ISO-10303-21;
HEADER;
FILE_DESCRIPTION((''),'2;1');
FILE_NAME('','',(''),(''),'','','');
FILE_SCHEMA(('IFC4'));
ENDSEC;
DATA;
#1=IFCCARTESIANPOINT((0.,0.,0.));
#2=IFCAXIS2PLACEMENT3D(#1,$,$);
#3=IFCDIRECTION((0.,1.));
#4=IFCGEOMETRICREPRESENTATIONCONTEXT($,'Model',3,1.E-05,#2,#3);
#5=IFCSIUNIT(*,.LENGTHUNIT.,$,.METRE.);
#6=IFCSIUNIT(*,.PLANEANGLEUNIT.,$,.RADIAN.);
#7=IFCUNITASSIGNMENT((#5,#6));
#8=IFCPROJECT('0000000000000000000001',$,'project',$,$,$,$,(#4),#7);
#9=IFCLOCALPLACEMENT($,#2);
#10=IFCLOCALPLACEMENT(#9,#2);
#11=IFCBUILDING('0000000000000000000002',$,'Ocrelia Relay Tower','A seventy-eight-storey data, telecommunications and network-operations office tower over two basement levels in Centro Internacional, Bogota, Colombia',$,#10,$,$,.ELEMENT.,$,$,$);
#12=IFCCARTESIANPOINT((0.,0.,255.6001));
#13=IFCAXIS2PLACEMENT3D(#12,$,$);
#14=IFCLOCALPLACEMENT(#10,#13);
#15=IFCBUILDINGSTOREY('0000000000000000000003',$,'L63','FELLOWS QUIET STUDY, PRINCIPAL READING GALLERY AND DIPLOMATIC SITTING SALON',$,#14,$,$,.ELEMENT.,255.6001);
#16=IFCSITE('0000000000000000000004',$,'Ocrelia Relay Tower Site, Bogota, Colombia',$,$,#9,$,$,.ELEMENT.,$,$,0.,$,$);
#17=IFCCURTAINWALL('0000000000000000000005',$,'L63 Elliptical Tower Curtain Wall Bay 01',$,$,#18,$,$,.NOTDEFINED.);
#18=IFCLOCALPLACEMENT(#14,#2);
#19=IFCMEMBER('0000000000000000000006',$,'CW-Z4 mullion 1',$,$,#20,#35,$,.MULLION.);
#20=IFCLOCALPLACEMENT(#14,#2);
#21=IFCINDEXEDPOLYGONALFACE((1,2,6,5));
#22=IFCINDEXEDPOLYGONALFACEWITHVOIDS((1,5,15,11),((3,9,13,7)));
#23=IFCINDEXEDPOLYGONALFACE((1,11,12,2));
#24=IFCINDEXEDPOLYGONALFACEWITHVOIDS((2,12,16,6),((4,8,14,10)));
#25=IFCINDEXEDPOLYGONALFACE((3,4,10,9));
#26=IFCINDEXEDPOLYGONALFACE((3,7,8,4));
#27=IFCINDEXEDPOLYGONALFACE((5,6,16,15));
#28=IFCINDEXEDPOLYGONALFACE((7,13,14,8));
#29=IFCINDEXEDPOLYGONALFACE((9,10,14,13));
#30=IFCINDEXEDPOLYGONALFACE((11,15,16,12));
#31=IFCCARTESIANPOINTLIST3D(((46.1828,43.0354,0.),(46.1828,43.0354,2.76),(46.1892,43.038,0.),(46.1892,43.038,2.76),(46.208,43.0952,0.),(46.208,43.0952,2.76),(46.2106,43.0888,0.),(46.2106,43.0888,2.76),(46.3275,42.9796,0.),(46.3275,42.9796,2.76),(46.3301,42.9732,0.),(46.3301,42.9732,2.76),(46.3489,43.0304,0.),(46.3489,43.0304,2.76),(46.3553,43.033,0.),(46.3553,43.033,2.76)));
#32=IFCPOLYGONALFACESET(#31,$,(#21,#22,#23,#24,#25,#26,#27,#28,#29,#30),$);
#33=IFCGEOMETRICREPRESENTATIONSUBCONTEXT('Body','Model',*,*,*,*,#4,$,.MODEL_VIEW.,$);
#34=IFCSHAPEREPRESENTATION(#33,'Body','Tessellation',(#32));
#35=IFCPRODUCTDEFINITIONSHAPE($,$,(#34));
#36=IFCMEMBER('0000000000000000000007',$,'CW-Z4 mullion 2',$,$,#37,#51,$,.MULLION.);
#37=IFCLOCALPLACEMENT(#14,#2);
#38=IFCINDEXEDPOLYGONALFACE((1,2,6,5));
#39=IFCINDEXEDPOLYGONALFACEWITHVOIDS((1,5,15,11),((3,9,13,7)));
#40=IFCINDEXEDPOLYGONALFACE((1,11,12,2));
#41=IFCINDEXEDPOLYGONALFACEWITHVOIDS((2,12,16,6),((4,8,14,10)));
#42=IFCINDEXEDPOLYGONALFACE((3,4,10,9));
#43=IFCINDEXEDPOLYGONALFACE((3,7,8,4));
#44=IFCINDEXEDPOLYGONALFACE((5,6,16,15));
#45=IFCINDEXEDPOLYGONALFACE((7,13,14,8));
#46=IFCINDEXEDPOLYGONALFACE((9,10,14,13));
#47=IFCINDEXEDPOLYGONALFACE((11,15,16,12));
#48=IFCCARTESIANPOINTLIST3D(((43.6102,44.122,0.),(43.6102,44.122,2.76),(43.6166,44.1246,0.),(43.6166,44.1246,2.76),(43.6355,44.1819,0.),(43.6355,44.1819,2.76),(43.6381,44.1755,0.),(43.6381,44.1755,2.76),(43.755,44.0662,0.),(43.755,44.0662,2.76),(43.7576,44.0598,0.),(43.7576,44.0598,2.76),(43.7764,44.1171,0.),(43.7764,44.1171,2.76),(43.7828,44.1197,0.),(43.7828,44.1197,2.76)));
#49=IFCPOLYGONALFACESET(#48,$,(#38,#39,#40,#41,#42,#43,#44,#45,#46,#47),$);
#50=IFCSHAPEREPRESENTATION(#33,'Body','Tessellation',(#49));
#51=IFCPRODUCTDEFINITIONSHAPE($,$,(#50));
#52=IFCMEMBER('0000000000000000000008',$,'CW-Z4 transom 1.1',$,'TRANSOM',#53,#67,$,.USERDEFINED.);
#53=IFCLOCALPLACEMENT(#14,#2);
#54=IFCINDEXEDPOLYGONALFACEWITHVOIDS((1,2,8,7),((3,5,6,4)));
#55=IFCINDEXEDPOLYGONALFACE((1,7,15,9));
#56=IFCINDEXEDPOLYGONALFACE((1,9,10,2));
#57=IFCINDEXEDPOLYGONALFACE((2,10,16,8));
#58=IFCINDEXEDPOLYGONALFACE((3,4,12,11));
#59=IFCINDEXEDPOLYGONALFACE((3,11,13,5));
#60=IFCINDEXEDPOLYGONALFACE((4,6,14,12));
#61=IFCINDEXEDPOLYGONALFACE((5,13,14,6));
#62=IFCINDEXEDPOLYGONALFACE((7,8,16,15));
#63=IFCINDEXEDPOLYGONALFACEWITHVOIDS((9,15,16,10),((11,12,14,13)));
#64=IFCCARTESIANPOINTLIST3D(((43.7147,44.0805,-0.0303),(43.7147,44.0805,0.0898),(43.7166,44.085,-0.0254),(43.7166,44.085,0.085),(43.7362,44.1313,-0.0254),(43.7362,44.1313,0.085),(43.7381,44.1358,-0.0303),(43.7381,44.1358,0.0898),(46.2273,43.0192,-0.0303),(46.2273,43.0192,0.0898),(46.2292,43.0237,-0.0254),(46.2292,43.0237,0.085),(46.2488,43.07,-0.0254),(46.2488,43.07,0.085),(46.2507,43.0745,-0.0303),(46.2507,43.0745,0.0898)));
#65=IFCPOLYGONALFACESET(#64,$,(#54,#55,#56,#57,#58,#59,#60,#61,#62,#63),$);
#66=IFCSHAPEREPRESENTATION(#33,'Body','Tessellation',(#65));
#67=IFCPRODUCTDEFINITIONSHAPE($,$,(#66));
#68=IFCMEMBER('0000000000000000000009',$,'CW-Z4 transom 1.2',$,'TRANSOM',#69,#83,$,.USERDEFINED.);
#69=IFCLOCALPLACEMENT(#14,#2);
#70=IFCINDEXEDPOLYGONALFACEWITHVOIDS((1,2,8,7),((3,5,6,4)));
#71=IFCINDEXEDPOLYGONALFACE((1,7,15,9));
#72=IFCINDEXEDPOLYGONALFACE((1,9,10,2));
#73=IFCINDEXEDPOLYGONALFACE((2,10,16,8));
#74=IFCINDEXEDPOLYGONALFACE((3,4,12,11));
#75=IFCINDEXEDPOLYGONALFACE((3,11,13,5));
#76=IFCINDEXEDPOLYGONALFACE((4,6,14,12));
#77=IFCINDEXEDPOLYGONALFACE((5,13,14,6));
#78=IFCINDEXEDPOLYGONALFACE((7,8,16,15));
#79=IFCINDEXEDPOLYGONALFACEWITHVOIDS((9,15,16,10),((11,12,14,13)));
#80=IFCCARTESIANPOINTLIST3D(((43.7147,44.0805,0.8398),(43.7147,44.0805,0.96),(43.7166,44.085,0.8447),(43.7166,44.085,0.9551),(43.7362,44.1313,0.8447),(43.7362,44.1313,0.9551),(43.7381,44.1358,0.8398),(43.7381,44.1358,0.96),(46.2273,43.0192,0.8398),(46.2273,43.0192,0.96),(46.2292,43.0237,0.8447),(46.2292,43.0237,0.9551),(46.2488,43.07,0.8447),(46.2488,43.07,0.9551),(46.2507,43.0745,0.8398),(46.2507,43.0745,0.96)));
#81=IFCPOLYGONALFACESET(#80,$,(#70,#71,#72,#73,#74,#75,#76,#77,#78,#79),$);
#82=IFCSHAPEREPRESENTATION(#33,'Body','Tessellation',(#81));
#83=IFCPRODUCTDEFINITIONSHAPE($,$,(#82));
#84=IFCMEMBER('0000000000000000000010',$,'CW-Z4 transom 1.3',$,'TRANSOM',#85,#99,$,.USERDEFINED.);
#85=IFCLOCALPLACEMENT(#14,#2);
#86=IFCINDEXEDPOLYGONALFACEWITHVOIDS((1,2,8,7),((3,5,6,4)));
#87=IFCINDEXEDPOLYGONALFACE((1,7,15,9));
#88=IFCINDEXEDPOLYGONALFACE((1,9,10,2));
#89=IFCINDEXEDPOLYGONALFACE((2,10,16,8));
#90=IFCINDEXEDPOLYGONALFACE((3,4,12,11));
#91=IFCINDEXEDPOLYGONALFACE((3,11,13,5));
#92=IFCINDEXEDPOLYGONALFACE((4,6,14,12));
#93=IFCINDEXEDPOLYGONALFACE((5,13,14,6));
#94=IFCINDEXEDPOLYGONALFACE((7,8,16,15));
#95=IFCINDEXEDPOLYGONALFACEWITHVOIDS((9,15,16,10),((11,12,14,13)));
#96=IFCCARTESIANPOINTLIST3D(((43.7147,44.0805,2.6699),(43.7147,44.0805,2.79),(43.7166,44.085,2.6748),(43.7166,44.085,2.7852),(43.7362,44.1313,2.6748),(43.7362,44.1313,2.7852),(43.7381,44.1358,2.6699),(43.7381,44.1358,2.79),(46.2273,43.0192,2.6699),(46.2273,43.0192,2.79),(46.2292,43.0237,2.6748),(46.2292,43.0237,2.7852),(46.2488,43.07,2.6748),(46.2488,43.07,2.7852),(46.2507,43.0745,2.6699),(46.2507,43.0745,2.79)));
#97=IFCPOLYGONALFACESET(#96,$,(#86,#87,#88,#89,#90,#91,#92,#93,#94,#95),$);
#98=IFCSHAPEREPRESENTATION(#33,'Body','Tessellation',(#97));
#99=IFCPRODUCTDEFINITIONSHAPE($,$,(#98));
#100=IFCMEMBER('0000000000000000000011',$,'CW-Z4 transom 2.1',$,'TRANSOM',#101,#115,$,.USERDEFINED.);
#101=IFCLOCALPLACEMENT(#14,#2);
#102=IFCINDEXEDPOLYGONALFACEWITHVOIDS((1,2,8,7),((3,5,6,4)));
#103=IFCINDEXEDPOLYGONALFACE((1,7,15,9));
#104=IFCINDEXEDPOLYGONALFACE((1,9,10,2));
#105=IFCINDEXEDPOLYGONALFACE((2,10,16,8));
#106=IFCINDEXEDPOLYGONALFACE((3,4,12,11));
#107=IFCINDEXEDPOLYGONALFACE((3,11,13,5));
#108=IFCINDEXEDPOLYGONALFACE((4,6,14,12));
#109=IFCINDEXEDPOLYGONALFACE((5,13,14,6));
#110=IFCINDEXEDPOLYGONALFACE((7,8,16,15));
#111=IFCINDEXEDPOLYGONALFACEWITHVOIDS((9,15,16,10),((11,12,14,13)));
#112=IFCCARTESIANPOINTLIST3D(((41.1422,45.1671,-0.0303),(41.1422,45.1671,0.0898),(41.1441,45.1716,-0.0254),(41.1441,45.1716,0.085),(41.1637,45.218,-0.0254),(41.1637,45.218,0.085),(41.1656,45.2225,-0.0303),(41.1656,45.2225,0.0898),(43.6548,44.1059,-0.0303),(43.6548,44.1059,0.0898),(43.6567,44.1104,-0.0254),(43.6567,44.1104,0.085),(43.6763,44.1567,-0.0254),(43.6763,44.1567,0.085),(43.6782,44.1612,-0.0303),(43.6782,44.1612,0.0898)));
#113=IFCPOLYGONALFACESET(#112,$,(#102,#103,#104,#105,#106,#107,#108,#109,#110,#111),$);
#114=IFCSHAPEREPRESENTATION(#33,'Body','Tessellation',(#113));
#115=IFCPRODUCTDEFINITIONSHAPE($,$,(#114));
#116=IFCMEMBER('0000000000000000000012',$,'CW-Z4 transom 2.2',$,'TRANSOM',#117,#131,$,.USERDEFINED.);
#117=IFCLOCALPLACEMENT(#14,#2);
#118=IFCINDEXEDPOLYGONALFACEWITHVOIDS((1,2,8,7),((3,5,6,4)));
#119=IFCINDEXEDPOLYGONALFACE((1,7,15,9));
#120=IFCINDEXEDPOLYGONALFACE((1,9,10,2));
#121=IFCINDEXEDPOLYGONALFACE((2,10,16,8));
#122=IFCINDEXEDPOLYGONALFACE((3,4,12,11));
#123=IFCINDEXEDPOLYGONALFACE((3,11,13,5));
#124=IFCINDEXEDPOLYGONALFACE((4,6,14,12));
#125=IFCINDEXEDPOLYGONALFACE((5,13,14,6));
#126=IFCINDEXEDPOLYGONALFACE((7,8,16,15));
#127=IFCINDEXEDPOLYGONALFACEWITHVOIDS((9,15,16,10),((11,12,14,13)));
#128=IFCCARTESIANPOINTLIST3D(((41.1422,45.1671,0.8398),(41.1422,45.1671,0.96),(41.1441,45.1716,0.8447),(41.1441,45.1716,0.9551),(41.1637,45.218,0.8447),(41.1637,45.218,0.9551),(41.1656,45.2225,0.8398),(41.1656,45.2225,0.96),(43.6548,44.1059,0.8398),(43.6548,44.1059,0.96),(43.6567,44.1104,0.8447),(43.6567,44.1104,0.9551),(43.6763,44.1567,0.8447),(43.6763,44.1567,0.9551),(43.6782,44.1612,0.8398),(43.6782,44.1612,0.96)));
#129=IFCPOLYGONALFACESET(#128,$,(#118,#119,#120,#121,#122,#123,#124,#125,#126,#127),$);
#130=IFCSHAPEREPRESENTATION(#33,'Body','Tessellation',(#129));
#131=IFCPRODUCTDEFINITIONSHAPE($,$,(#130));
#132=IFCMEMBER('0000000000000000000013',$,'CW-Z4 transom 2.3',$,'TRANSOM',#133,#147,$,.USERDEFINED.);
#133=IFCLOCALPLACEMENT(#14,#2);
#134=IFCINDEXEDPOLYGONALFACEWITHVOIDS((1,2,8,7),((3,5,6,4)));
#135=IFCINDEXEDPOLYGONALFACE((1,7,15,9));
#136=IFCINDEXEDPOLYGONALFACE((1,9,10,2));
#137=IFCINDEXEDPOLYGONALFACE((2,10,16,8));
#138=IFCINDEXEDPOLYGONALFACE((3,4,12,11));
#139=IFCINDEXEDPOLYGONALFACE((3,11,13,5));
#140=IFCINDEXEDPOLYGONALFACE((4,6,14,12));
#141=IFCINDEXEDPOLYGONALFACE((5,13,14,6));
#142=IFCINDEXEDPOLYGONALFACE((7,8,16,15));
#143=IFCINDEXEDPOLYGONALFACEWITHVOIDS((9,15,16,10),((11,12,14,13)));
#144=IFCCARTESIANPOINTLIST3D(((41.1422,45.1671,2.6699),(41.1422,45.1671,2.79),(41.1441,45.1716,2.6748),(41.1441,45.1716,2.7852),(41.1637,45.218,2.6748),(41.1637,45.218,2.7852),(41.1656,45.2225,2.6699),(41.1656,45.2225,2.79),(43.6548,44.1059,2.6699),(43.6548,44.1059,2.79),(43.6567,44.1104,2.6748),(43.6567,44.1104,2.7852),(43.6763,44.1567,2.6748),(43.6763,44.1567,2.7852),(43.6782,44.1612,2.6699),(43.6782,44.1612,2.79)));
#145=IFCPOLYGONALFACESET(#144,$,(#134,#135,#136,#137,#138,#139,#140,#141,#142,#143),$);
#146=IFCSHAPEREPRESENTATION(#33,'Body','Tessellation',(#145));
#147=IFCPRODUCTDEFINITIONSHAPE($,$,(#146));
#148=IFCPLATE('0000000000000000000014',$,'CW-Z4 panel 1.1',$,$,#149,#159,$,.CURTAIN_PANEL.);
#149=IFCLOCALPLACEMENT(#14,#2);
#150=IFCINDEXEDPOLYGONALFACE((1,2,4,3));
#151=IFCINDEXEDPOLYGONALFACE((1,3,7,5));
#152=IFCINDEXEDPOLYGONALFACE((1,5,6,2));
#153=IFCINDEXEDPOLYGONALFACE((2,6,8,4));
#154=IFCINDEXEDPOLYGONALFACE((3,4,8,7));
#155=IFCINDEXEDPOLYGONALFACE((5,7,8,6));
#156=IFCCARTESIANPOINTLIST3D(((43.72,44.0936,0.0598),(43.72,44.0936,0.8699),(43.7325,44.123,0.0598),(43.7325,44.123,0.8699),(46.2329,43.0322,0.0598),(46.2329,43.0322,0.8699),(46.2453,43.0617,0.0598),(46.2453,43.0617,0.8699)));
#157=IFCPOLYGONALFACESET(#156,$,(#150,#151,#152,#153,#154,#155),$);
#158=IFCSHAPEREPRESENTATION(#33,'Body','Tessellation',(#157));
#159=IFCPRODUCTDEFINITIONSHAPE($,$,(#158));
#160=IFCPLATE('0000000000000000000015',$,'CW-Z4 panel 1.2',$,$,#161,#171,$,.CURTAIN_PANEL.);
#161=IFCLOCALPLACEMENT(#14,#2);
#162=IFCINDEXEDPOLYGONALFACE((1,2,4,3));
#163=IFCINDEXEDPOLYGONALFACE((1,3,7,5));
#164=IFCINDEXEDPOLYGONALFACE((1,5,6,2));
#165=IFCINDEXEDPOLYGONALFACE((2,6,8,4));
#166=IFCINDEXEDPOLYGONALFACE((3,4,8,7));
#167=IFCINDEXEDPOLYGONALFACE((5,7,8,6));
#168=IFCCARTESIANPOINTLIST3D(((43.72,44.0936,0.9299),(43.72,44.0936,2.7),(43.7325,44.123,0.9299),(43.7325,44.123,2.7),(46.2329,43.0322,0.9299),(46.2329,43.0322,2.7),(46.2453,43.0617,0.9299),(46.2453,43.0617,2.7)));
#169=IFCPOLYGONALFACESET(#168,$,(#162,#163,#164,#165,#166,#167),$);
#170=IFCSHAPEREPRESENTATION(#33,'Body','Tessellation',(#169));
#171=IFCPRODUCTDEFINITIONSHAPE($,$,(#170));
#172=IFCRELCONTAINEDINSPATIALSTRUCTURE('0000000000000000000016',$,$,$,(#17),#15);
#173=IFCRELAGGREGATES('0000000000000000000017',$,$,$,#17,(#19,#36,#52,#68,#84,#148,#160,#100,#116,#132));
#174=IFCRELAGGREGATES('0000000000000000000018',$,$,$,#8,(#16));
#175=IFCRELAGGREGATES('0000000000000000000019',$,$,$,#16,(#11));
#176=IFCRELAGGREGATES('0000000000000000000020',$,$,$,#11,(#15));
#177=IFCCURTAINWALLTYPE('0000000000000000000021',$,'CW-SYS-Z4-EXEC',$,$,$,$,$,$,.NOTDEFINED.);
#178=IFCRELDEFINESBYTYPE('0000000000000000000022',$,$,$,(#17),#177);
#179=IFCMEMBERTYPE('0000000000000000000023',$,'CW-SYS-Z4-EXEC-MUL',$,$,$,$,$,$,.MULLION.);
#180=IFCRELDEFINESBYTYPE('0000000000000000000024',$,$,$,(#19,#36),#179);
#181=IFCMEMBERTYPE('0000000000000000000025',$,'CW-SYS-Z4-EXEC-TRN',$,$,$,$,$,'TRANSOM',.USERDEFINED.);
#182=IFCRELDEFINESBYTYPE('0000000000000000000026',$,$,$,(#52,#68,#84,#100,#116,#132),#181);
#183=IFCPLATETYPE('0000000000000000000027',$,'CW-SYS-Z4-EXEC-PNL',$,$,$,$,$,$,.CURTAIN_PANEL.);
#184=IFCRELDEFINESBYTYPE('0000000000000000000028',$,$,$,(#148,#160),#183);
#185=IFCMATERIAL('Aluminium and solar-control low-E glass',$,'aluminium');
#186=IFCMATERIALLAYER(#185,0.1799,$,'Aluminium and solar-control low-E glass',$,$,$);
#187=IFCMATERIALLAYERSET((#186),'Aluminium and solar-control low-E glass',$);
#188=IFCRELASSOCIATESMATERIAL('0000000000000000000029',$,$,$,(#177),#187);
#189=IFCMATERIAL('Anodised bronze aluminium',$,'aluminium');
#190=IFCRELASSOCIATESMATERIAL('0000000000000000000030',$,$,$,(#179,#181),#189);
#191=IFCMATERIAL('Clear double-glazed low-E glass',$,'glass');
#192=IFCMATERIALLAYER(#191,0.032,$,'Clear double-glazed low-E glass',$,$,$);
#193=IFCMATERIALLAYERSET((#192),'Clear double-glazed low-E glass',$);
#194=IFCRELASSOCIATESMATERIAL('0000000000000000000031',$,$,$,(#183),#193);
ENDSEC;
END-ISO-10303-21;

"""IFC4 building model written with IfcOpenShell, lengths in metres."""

from ifc_helpers import new_model, si_unit, direction, frame, origin, origin_2d, place, context, subcontext, project, spatial, rectangle, hollow_rectangle, extrude, material, layer, layer_set, material_profile, profile_set, type_object, element, aggregate, save


model = new_model("IFC4")

# Units and contexts
model_context = context("Model", 3, precision=1e-05, world=origin(), true_north=direction((0.0, 1.0)))
body_context = subcontext(model_context, "Body", "Model", "MODEL_VIEW")
ifc_project = project(units=[si_unit("LENGTHUNIT", "METRE"), si_unit("PLANEANGLEUNIT", "RADIAN")], contexts=[model_context])

# Site, building, storey
site_placement = place(None, origin())
site = spatial("IfcSite", under=ifc_project, at=site_placement, Name="Ocrelia Relay Tower Site, Bogota, Colombia", CompositionType="ELEMENT", RefElevation=0.0)
building_placement = place(site_placement, origin())
building = spatial("IfcBuilding", under=site, at=building_placement, Name="Ocrelia Relay Tower", Description="A seventy-eight-storey data, telecommunications and network-operations office tower over two basement levels in Centro Internacional, Bogota, Colombia", CompositionType="ELEMENT")
storey_placement = place(building_placement, frame((0.0, 0.0, 255.6001)))
storey = spatial("IfcBuildingStorey", under=building, at=storey_placement, Name="L63", Description="FELLOWS QUIET STUDY, PRINCIPAL READING GALLERY AND DIPLOMATIC SITTING SALON", CompositionType="ELEMENT", Elevation=255.6001)

# Curtain wall, members, plates
ifc_material_1 = material(Name="Aluminium and solar-control low-E glass", Category="aluminium")
ifc_layer_1 = layer(ifc_material_1, 0.1799, Name="Aluminium and solar-control low-E glass")
ifc_layer_set_1 = layer_set([ifc_layer_1], Name="Aluminium and solar-control low-E glass")
curtain_wall_type = type_object("IfcCurtainWallType", Name="CW-SYS-Z4-EXEC", PredefinedType="NOTDEFINED", material=ifc_layer_set_1)
curtain_wall_placement = place(storey_placement, origin())
curtain_wall = element("IfcCurtainWall", 1, at=curtain_wall_placement, inside=storey, type_object=curtain_wall_type, Name="L63 Elliptical Tower Curtain Wall Bay 01", PredefinedType="NOTDEFINED")
ifc_material_2 = material(Name="Anodised bronze aluminium", Category="aluminium")
ifc_material_profile_1 = material_profile(ifc_material_2, hollow_rectangle(XDim=0.0649, YDim=0.1599, WallThickness=0.0049, at=origin_2d()), Name="CW-MUL-160x65")
ifc_profile_set_1 = profile_set([ifc_material_profile_1], Name="Anodised bronze aluminium")
member_type_1 = type_object("IfcMemberType", Name="CW-SYS-Z4-EXEC-MUL", PredefinedType="MULLION", material=ifc_profile_set_1)
member_1_placement = place(storey_placement, frame((46.269, 43.0342, 0.0), z_axis=(0.0, 0.0, 1.0), x_axis=(-0.389091, -0.921199, 0.0)))
member_1 = element("IfcMember", 2, at=member_1_placement, type_object=member_type_1, Name="CW-Z4 mullion 1", PredefinedType="MULLION", context=body_context, shape_type="SweptSolid", body=[
    extrude(hollow_rectangle(XDim=0.0649, YDim=0.1599, WallThickness=0.0049, at=origin_2d()), origin(), (0.0, 0.0, 1.0), 2.76),
])
member_2_placement = place(storey_placement, frame((43.6965, 44.1208, 0.0), z_axis=(0.0, 0.0, 1.0), x_axis=(-0.389091, -0.921199, 0.0)))
member_2 = element("IfcMember", 3, at=member_2_placement, type_object=member_type_1, Name="CW-Z4 mullion 2", PredefinedType="MULLION", context=body_context, shape_type="SweptSolid", body=[
    extrude(hollow_rectangle(XDim=0.0649, YDim=0.1599, WallThickness=0.0049, at=origin_2d()), origin(), (0.0, 0.0, 1.0), 2.76),
])
ifc_material_profile_2 = material_profile(ifc_material_2, hollow_rectangle(XDim=0.0601, YDim=0.1201, WallThickness=0.0049, at=origin_2d()), Name="CW-TRN-120x60")
ifc_profile_set_2 = profile_set([ifc_material_profile_2], Name="Anodised bronze aluminium")
member_type_2 = type_object("IfcMemberType", Name="CW-SYS-Z4-EXEC-TRN", ElementType="TRANSOM", PredefinedType="USERDEFINED", material=ifc_profile_set_2)
member_3_placement = place(storey_placement, frame((46.239, 43.0469, 0.0298), z_axis=(-0.921202, 0.389085, 0.0), x_axis=(-0.389085, -0.921202, 0.0)))
member_3 = element("IfcMember", 4, at=member_3_placement, type_object=member_type_2, Name="CW-Z4 transom 1.1", ObjectType="TRANSOM", PredefinedType="USERDEFINED", context=body_context, shape_type="SweptSolid", body=[
    extrude(hollow_rectangle(XDim=0.0601, YDim=0.1201, WallThickness=0.0049, at=origin_2d()), origin(), (0.0, 0.0, 1.0), 2.7275),
])
member_4_placement = place(storey_placement, frame((46.239, 43.0469, 0.8999), z_axis=(-0.921202, 0.389085, 0.0), x_axis=(-0.389085, -0.921202, 0.0)))
member_4 = element("IfcMember", 5, at=member_4_placement, type_object=member_type_2, Name="CW-Z4 transom 1.2", ObjectType="TRANSOM", PredefinedType="USERDEFINED", context=body_context, shape_type="SweptSolid", body=[
    extrude(hollow_rectangle(XDim=0.0601, YDim=0.1201, WallThickness=0.0049, at=origin_2d()), origin(), (0.0, 0.0, 1.0), 2.7275),
])
member_5_placement = place(storey_placement, frame((46.239, 43.0469, 2.73), z_axis=(-0.921202, 0.389085, 0.0), x_axis=(-0.389085, -0.921202, 0.0)))
member_5 = element("IfcMember", 6, at=member_5_placement, type_object=member_type_2, Name="CW-Z4 transom 1.3", ObjectType="TRANSOM", PredefinedType="USERDEFINED", context=body_context, shape_type="SweptSolid", body=[
    extrude(hollow_rectangle(XDim=0.0601, YDim=0.1201, WallThickness=0.0049, at=origin_2d()), origin(), (0.0, 0.0, 1.0), 2.7275),
])
member_6_placement = place(storey_placement, frame((43.6665, 44.1335, 0.0298), z_axis=(-0.921202, 0.389085, 0.0), x_axis=(-0.389085, -0.921202, 0.0)))
member_6 = element("IfcMember", 7, at=member_6_placement, type_object=member_type_2, Name="CW-Z4 transom 2.1", ObjectType="TRANSOM", PredefinedType="USERDEFINED", context=body_context, shape_type="SweptSolid", body=[
    extrude(hollow_rectangle(XDim=0.0601, YDim=0.1201, WallThickness=0.0049, at=origin_2d()), origin(), (0.0, 0.0, 1.0), 2.7275),
])
member_7_placement = place(storey_placement, frame((43.6665, 44.1335, 0.8999), z_axis=(-0.921202, 0.389085, 0.0), x_axis=(-0.389085, -0.921202, 0.0)))
member_7 = element("IfcMember", 8, at=member_7_placement, type_object=member_type_2, Name="CW-Z4 transom 2.2", ObjectType="TRANSOM", PredefinedType="USERDEFINED", context=body_context, shape_type="SweptSolid", body=[
    extrude(hollow_rectangle(XDim=0.0601, YDim=0.1201, WallThickness=0.0049, at=origin_2d()), origin(), (0.0, 0.0, 1.0), 2.7275),
])
member_8_placement = place(storey_placement, frame((43.6665, 44.1335, 2.73), z_axis=(-0.921202, 0.389085, 0.0), x_axis=(-0.389085, -0.921202, 0.0)))
member_8 = element("IfcMember", 9, at=member_8_placement, type_object=member_type_2, Name="CW-Z4 transom 2.3", ObjectType="TRANSOM", PredefinedType="USERDEFINED", context=body_context, shape_type="SweptSolid", body=[
    extrude(hollow_rectangle(XDim=0.0601, YDim=0.1201, WallThickness=0.0049, at=origin_2d()), origin(), (0.0, 0.0, 1.0), 2.7275),
])
ifc_material_3 = material(Name="Clear double-glazed low-E glass", Category="glass")
ifc_layer_2 = layer(ifc_material_3, 0.032, Name="Clear double-glazed low-E glass")
ifc_layer_set_2 = layer_set([ifc_layer_2], Name="Clear double-glazed low-E glass")
plate_type = type_object("IfcPlateType", Name="CW-SYS-Z4-EXEC-PNL", PredefinedType="CURTAIN_PANEL", material=ifc_layer_set_2)
plate_1_placement = place(storey_placement, frame((44.9827, 43.5776, 0.0598), z_axis=(0.0, 0.0, 1.0), x_axis=(-0.921199, 0.389091, 0.0)))
plate_1 = element("IfcPlate", 10, at=plate_1_placement, type_object=plate_type, Name="CW-Z4 panel 1.1", PredefinedType="CURTAIN_PANEL", context=body_context, shape_type="SweptSolid", body=[
    extrude(rectangle(XDim=2.7278, YDim=0.032, at=origin_2d()), origin(), (0.0, 0.0, 1.0), 0.8101),
])
plate_2_placement = place(storey_placement, frame((44.9827, 43.5776, 0.9299), z_axis=(0.0, 0.0, 1.0), x_axis=(-0.921199, 0.389091, 0.0)))
plate_2 = element("IfcPlate", 11, at=plate_2_placement, type_object=plate_type, Name="CW-Z4 panel 1.2", PredefinedType="CURTAIN_PANEL", context=body_context, shape_type="SweptSolid", body=[
    extrude(rectangle(XDim=2.7278, YDim=0.032, at=origin_2d()), origin(), (0.0, 0.0, 1.0), 1.77),
])
aggregate(curtain_wall, [member_1, member_2, member_3, member_4, member_5, plate_1, plate_2, member_6, member_7, member_8])

save(model, "model.ifc")
